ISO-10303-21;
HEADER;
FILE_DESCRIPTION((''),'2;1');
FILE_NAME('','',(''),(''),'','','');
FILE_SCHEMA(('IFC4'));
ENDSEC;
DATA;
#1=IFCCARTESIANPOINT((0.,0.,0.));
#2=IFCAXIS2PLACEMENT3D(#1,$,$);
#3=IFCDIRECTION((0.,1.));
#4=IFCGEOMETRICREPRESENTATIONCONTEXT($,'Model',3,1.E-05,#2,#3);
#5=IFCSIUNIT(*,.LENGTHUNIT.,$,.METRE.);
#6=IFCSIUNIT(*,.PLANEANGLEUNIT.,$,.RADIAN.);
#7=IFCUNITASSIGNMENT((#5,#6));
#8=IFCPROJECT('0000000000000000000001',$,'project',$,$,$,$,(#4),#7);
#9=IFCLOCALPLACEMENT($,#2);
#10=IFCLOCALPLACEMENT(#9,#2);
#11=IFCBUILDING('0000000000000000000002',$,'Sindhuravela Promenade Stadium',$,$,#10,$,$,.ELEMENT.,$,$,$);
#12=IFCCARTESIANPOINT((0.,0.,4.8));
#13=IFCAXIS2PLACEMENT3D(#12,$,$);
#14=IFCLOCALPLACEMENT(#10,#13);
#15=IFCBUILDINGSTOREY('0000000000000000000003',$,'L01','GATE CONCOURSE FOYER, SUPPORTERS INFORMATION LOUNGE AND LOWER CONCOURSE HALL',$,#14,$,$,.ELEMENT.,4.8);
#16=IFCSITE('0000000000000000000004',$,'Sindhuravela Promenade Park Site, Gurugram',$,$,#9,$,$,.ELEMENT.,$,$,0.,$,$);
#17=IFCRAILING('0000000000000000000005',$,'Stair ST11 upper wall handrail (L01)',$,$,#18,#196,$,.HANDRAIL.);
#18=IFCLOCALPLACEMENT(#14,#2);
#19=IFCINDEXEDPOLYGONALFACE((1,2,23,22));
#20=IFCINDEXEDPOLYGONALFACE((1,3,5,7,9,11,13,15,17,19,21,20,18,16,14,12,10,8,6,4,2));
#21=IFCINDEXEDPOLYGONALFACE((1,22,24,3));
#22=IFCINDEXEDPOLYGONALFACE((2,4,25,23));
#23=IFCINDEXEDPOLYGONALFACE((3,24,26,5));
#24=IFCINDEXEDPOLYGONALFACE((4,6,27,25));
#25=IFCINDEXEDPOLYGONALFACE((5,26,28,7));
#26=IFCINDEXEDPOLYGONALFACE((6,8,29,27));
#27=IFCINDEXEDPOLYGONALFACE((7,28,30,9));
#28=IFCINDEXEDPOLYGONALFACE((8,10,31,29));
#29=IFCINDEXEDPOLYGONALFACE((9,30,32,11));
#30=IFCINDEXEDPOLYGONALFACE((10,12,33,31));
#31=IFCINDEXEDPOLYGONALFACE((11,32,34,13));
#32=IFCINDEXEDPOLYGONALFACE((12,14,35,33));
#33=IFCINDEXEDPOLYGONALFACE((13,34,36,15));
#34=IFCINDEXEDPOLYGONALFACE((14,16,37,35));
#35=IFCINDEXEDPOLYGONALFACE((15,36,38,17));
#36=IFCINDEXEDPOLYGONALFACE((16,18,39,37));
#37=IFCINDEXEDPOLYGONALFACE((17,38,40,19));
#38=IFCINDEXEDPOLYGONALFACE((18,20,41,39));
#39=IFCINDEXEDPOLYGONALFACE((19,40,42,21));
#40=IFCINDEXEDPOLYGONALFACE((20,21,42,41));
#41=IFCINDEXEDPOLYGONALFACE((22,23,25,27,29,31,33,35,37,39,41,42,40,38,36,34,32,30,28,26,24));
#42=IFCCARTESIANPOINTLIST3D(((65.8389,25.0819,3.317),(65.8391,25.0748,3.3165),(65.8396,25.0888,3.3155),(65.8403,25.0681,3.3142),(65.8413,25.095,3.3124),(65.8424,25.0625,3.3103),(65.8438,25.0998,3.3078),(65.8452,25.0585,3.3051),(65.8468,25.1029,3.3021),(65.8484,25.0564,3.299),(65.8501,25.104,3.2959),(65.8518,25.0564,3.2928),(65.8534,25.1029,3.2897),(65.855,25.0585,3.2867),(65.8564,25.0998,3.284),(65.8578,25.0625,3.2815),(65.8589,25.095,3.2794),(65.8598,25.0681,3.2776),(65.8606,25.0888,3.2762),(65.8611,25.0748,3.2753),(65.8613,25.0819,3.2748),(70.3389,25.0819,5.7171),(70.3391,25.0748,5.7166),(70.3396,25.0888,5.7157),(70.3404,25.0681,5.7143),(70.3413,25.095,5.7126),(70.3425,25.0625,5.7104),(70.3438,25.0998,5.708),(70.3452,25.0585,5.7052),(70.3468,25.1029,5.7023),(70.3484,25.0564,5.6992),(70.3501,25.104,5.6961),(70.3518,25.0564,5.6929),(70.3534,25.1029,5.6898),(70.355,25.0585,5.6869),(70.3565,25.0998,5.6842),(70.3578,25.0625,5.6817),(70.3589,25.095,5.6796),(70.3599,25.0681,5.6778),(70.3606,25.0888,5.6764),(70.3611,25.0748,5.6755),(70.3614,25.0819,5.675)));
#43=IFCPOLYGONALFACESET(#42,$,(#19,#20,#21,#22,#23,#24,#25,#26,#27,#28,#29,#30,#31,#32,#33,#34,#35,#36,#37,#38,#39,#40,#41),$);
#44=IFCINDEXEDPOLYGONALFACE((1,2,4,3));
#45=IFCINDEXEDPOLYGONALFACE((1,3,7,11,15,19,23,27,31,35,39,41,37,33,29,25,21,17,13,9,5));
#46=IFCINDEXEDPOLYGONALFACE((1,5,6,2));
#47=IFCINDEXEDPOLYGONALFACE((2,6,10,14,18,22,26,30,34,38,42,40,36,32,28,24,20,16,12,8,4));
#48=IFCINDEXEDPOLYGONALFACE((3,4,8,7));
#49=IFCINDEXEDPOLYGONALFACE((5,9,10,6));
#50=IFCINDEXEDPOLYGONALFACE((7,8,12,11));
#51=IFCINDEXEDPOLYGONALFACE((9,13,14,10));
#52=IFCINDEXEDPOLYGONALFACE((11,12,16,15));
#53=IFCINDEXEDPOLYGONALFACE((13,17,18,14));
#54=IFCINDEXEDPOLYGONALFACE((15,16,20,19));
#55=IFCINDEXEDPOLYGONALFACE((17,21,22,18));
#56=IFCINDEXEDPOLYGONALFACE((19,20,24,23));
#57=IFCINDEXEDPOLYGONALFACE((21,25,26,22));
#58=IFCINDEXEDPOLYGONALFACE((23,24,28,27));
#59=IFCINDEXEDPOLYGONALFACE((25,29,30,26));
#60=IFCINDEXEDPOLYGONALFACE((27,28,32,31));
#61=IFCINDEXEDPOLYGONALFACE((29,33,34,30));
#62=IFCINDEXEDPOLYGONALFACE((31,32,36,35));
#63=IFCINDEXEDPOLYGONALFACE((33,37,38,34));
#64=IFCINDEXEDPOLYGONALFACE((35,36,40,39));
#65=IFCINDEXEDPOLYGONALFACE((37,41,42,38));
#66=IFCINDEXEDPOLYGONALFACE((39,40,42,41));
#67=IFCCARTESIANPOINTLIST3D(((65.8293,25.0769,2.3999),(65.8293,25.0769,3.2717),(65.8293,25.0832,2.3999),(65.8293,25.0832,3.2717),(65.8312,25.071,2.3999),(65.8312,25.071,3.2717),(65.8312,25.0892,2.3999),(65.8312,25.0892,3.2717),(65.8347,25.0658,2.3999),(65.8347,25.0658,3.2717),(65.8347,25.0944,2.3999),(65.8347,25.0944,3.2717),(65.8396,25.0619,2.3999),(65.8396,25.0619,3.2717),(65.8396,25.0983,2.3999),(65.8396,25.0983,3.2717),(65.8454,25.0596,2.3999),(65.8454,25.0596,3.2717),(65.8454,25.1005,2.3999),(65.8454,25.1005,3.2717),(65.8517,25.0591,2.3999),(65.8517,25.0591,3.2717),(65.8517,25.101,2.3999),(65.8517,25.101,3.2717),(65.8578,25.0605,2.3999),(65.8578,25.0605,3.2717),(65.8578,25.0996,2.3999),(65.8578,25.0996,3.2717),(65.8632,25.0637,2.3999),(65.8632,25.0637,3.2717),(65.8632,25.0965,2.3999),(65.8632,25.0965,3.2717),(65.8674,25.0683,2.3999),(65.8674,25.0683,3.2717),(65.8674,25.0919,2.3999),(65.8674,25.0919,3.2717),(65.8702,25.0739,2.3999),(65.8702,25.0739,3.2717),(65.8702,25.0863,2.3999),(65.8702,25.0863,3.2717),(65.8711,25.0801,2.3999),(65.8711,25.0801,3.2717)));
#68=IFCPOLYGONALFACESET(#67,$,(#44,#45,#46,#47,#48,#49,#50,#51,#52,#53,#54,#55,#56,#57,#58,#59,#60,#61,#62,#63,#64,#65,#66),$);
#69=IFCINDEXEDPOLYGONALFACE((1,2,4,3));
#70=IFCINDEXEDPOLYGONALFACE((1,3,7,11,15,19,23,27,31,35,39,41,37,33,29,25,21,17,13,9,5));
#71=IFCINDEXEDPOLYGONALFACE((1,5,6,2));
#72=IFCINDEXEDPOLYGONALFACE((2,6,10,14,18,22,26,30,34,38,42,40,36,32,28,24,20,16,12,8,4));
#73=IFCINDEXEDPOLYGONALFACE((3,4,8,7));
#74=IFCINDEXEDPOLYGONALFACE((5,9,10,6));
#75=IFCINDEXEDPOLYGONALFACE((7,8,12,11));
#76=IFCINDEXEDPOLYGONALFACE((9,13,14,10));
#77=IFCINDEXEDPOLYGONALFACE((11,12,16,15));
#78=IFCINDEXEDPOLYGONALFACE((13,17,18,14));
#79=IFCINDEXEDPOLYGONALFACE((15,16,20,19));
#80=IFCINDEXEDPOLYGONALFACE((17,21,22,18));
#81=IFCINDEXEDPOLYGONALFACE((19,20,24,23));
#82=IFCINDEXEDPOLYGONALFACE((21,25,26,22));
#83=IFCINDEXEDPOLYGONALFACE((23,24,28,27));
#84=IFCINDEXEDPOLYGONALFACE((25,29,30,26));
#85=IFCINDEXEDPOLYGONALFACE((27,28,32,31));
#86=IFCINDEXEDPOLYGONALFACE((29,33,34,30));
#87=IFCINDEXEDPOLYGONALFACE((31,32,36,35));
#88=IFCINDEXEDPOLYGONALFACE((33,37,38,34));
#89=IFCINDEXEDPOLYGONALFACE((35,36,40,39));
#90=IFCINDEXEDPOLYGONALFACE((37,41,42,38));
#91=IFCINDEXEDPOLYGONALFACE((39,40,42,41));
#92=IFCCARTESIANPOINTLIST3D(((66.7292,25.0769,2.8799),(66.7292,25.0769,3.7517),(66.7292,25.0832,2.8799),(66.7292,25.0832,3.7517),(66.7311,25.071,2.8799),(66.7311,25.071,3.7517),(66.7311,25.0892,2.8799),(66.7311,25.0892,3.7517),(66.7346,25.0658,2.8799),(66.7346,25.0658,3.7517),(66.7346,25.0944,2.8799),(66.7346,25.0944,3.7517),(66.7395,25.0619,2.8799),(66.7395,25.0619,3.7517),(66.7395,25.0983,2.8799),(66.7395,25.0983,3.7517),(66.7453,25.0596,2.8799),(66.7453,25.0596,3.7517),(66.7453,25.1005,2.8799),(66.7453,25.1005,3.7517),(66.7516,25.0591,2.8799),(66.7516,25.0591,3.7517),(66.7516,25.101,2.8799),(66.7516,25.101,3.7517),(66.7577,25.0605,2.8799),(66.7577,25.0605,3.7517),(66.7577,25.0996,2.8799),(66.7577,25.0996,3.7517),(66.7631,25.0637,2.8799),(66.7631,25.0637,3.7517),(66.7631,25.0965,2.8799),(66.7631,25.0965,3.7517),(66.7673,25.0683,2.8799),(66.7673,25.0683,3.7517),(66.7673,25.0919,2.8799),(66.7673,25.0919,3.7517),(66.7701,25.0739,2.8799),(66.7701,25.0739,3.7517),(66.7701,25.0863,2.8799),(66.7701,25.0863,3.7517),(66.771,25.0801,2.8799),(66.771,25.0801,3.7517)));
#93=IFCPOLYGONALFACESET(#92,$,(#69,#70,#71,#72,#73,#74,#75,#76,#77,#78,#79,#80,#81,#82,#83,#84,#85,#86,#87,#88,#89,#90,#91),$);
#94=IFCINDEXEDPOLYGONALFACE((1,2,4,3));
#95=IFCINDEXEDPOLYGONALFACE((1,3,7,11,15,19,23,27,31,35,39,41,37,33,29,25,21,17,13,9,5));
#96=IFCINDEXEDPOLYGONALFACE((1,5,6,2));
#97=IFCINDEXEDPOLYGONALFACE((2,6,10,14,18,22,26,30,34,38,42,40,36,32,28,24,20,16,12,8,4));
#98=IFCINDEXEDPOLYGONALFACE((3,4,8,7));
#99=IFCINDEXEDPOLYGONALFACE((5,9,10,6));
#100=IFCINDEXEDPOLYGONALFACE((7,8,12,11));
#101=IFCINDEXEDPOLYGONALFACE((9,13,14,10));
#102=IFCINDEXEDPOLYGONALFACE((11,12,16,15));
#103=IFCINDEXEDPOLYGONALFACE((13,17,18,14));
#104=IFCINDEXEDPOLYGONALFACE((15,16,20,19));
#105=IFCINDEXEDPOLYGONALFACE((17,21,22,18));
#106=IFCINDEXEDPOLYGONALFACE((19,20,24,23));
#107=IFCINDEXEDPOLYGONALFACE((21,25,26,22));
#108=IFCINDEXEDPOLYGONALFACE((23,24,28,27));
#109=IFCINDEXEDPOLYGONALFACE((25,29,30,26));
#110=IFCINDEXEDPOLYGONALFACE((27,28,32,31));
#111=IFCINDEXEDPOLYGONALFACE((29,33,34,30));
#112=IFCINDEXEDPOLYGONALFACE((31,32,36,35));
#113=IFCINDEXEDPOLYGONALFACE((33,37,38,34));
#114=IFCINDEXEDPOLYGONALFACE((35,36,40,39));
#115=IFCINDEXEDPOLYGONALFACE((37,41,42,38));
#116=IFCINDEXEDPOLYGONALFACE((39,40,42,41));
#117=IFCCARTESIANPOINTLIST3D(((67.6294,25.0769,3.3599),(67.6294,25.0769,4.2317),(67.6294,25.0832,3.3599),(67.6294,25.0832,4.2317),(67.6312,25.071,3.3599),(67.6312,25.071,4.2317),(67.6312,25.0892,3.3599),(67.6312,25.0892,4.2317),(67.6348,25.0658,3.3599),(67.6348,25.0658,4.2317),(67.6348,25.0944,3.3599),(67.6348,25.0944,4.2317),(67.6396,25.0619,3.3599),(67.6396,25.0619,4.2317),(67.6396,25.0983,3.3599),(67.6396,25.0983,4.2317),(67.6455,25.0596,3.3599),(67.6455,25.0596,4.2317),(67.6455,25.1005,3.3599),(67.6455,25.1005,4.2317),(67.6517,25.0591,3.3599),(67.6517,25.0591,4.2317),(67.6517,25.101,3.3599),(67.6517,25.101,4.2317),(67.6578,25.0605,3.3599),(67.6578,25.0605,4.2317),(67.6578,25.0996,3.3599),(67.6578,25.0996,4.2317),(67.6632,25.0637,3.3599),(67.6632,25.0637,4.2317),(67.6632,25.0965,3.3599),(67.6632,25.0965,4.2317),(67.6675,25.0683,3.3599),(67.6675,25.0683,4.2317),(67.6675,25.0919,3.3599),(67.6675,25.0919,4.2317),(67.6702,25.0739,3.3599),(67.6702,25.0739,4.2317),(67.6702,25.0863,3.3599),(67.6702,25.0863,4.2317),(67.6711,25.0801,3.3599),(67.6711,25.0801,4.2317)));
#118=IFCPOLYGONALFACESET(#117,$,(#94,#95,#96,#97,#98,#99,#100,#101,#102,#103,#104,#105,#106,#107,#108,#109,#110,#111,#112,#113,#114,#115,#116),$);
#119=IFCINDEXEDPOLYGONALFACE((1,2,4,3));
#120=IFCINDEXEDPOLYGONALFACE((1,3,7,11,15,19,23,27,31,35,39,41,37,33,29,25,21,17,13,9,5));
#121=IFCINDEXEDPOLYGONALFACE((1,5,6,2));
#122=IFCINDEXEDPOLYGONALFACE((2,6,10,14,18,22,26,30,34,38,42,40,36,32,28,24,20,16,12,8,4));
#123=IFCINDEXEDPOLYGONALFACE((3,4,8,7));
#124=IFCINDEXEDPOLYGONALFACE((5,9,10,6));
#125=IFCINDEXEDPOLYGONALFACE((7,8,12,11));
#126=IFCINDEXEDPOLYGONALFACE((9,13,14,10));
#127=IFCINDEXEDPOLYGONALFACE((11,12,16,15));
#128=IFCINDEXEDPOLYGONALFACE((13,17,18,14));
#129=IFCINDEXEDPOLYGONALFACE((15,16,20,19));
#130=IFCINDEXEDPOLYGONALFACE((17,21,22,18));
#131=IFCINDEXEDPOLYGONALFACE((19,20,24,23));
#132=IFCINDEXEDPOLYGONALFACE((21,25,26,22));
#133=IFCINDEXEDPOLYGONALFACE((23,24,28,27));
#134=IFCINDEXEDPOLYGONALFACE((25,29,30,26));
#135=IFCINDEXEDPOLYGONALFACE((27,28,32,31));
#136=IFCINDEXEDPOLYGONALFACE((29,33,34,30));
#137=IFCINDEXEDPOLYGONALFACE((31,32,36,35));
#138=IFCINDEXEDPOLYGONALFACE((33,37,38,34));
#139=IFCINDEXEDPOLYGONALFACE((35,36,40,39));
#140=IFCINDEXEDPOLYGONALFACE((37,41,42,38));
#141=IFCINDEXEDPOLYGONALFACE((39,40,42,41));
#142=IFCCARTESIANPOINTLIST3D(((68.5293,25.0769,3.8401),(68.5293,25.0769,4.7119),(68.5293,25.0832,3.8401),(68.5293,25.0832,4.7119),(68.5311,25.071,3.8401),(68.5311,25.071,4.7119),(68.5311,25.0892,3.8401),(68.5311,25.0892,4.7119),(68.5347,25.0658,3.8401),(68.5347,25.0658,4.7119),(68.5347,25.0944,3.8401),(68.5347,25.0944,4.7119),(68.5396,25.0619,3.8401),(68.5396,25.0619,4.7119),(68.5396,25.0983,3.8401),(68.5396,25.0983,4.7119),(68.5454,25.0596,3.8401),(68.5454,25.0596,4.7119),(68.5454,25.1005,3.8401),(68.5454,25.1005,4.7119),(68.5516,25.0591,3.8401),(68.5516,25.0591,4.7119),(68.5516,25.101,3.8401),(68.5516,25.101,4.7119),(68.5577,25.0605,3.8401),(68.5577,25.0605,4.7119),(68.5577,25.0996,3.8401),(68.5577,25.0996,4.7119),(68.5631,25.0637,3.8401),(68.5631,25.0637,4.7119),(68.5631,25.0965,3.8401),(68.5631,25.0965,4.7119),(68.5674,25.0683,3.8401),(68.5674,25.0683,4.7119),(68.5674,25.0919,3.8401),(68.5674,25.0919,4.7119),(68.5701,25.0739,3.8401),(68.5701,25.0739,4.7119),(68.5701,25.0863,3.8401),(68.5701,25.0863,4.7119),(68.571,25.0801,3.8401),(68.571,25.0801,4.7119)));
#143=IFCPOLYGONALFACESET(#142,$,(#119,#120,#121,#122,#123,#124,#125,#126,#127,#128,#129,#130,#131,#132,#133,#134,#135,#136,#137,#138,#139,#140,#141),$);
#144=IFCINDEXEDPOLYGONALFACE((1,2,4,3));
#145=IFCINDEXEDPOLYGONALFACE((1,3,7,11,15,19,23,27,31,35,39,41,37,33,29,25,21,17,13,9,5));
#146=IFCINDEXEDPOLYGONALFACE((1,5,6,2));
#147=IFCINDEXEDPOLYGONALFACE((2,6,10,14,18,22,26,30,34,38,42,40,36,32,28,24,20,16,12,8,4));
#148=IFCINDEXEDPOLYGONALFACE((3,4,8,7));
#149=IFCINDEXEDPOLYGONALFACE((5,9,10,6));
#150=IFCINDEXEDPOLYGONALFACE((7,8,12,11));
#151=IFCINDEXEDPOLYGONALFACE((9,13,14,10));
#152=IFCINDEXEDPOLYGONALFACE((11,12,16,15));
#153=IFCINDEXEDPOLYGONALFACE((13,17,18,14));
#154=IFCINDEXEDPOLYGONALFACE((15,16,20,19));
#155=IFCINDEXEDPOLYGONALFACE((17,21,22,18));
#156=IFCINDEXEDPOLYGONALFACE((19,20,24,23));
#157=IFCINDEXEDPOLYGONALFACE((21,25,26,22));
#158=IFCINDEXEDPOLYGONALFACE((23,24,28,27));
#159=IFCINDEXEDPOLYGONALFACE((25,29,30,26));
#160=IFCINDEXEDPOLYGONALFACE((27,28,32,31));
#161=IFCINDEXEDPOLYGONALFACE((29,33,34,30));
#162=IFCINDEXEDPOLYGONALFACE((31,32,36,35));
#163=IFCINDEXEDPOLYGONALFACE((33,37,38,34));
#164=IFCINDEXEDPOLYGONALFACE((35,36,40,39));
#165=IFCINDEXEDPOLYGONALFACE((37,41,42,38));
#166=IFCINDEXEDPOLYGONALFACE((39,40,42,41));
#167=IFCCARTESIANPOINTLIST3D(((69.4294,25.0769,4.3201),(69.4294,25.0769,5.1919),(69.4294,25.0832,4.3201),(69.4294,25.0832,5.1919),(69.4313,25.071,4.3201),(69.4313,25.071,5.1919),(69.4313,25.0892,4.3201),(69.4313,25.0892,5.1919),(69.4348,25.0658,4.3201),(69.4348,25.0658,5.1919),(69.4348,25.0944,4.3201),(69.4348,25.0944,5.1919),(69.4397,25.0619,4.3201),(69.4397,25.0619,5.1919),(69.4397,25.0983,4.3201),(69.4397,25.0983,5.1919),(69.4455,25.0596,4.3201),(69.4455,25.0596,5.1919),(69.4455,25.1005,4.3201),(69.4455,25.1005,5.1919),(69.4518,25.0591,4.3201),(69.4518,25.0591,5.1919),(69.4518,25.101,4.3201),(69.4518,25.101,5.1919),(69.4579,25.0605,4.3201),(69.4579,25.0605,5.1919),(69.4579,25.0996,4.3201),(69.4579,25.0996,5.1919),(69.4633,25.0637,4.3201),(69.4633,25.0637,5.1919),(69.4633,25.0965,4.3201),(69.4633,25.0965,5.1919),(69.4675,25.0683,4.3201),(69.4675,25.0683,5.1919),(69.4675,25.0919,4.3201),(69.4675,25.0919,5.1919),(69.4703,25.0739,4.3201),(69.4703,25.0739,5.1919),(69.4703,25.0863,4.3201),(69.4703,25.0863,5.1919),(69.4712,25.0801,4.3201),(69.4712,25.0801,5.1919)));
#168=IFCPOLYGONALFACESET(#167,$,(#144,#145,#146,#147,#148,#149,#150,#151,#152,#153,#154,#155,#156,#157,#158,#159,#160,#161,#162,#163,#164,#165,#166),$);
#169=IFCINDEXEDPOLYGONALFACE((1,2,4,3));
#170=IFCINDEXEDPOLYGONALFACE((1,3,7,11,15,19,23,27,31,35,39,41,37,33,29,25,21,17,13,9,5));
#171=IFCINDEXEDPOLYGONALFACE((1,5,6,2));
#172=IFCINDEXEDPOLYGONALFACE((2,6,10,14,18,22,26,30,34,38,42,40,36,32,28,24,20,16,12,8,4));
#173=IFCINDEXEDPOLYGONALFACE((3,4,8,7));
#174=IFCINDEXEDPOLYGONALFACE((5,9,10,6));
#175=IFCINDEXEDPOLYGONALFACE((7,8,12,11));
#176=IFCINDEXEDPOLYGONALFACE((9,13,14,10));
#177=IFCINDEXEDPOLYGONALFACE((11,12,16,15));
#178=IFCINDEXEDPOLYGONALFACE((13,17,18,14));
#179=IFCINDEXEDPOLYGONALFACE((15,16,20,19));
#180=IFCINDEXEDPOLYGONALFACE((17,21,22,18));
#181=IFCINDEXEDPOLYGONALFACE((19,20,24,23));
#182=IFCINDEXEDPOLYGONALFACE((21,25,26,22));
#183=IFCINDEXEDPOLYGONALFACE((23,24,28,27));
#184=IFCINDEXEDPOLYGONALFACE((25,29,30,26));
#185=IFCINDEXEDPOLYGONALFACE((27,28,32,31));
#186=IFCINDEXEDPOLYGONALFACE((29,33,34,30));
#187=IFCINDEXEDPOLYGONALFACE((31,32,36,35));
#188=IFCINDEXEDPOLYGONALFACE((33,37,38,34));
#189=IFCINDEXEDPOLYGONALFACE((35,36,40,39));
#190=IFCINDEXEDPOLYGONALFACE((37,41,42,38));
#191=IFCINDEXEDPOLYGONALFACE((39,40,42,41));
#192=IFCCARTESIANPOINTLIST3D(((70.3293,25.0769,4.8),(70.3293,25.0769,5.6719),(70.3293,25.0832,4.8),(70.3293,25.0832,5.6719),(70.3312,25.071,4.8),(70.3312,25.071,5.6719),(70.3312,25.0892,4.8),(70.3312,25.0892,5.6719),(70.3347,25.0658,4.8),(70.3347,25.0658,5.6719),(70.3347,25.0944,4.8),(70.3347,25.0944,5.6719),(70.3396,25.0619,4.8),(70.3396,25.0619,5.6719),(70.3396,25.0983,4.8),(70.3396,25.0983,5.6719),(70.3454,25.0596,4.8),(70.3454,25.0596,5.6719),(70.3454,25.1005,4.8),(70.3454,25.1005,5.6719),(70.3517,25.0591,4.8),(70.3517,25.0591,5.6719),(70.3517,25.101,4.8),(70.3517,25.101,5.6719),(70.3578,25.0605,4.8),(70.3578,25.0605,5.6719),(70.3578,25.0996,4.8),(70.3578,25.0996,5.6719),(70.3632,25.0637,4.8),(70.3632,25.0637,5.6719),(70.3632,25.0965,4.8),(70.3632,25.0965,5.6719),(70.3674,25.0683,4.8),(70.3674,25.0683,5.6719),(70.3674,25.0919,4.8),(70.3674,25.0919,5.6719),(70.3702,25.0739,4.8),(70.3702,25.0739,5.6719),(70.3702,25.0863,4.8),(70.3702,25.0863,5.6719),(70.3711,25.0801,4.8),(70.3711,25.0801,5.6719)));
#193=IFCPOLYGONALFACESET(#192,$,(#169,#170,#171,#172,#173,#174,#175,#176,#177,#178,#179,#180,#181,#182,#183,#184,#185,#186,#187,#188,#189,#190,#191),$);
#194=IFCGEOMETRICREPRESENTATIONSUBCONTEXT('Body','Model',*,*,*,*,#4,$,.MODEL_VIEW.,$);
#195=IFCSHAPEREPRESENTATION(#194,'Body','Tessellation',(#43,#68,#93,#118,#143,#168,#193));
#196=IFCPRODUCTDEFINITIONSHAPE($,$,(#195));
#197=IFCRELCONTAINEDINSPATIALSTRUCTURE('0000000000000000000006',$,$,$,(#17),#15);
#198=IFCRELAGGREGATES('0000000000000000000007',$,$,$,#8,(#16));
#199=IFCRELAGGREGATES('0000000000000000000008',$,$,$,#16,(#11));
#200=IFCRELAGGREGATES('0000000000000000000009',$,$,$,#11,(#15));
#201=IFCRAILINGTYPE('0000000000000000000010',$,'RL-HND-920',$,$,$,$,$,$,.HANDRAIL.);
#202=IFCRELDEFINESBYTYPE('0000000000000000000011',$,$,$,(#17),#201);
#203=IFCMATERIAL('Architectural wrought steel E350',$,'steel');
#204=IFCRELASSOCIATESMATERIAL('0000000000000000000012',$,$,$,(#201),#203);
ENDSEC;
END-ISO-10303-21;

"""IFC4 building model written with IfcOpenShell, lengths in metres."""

from ifc_helpers import new_model, si_unit, direction, frame, origin, origin_2d, place, context, subcontext, project, spatial, circle, extrude, material, type_object, element, save


model = new_model("IFC4")

# Units and contexts
model_context = context("Model", 3, precision=1e-05, world=origin(), true_north=direction((0.0, 1.0)))
body_context = subcontext(model_context, "Body", "Model", "MODEL_VIEW")
ifc_project = project(units=[si_unit("LENGTHUNIT", "METRE"), si_unit("PLANEANGLEUNIT", "RADIAN")], contexts=[model_context])

# Site, building, storey
site_placement = place(None, origin())
site = spatial("IfcSite", under=ifc_project, at=site_placement, Name="Sindhuravela Promenade Park Site, Gurugram", CompositionType="ELEMENT", RefElevation=0.0)
building_placement = place(site_placement, origin())
building = spatial("IfcBuilding", under=site, at=building_placement, Name="Sindhuravela Promenade Stadium", CompositionType="ELEMENT")
storey_placement = place(building_placement, frame((0.0, 0.0, 4.8)))
storey = spatial("IfcBuildingStorey", under=building, at=storey_placement, Name="L01", Description="GATE CONCOURSE FOYER, SUPPORTERS INFORMATION LOUNGE AND LOWER CONCOURSE HALL", CompositionType="ELEMENT", Elevation=4.8)

# Shared definitions
ifc_material_1 = material(Name="Architectural wrought steel E350", Category="steel")

# Railing
railing_type_1 = type_object("IfcRailingType", Name="RL-HND-920", PredefinedType="HANDRAIL", material=ifc_material_1)
railing_1_placement = place(storey_placement, frame((65.8501, 25.0801, 2.3999)))
element("IfcRailing", 1, at=railing_1_placement, inside=storey, type_object=railing_type_1, Name="Stair ST11 upper wall handrail (L01)", PredefinedType="HANDRAIL", context=body_context, shape_type="SweptSolid", body=[
    extrude(circle(Radius=0.0239, at=origin_2d()), frame((0.0, 0.0, 0.896), z_axis=(0.882341, 0.0, 0.470611), x_axis=(0.0, 1.0, 0.0)), (0.0, 0.0, 1.0), 5.1001),
    extrude(circle(Radius=0.021, at=origin_2d()), origin(), (0.0, 0.0, 1.0), 0.8718),
    extrude(circle(Radius=0.021, at=origin_2d()), frame((0.8999, 0.0, 0.48)), (0.0, 0.0, 1.0), 0.8718),
    extrude(circle(Radius=0.021, at=origin_2d()), frame((1.8, 0.0, 0.96)), (0.0, 0.0, 1.0), 0.8718),
    extrude(circle(Radius=0.021, at=origin_2d()), frame((2.7, 0.0, 1.4402)), (0.0, 0.0, 1.0), 0.8718),
    extrude(circle(Radius=0.021, at=origin_2d()), frame((3.6001, 0.0, 1.9202)), (0.0, 0.0, 1.0), 0.8718),
    extrude(circle(Radius=0.021, at=origin_2d()), frame((4.5, 0.0, 2.4001)), (0.0, 0.0, 1.0), 0.8718),
])

save(model, "model.ifc")
